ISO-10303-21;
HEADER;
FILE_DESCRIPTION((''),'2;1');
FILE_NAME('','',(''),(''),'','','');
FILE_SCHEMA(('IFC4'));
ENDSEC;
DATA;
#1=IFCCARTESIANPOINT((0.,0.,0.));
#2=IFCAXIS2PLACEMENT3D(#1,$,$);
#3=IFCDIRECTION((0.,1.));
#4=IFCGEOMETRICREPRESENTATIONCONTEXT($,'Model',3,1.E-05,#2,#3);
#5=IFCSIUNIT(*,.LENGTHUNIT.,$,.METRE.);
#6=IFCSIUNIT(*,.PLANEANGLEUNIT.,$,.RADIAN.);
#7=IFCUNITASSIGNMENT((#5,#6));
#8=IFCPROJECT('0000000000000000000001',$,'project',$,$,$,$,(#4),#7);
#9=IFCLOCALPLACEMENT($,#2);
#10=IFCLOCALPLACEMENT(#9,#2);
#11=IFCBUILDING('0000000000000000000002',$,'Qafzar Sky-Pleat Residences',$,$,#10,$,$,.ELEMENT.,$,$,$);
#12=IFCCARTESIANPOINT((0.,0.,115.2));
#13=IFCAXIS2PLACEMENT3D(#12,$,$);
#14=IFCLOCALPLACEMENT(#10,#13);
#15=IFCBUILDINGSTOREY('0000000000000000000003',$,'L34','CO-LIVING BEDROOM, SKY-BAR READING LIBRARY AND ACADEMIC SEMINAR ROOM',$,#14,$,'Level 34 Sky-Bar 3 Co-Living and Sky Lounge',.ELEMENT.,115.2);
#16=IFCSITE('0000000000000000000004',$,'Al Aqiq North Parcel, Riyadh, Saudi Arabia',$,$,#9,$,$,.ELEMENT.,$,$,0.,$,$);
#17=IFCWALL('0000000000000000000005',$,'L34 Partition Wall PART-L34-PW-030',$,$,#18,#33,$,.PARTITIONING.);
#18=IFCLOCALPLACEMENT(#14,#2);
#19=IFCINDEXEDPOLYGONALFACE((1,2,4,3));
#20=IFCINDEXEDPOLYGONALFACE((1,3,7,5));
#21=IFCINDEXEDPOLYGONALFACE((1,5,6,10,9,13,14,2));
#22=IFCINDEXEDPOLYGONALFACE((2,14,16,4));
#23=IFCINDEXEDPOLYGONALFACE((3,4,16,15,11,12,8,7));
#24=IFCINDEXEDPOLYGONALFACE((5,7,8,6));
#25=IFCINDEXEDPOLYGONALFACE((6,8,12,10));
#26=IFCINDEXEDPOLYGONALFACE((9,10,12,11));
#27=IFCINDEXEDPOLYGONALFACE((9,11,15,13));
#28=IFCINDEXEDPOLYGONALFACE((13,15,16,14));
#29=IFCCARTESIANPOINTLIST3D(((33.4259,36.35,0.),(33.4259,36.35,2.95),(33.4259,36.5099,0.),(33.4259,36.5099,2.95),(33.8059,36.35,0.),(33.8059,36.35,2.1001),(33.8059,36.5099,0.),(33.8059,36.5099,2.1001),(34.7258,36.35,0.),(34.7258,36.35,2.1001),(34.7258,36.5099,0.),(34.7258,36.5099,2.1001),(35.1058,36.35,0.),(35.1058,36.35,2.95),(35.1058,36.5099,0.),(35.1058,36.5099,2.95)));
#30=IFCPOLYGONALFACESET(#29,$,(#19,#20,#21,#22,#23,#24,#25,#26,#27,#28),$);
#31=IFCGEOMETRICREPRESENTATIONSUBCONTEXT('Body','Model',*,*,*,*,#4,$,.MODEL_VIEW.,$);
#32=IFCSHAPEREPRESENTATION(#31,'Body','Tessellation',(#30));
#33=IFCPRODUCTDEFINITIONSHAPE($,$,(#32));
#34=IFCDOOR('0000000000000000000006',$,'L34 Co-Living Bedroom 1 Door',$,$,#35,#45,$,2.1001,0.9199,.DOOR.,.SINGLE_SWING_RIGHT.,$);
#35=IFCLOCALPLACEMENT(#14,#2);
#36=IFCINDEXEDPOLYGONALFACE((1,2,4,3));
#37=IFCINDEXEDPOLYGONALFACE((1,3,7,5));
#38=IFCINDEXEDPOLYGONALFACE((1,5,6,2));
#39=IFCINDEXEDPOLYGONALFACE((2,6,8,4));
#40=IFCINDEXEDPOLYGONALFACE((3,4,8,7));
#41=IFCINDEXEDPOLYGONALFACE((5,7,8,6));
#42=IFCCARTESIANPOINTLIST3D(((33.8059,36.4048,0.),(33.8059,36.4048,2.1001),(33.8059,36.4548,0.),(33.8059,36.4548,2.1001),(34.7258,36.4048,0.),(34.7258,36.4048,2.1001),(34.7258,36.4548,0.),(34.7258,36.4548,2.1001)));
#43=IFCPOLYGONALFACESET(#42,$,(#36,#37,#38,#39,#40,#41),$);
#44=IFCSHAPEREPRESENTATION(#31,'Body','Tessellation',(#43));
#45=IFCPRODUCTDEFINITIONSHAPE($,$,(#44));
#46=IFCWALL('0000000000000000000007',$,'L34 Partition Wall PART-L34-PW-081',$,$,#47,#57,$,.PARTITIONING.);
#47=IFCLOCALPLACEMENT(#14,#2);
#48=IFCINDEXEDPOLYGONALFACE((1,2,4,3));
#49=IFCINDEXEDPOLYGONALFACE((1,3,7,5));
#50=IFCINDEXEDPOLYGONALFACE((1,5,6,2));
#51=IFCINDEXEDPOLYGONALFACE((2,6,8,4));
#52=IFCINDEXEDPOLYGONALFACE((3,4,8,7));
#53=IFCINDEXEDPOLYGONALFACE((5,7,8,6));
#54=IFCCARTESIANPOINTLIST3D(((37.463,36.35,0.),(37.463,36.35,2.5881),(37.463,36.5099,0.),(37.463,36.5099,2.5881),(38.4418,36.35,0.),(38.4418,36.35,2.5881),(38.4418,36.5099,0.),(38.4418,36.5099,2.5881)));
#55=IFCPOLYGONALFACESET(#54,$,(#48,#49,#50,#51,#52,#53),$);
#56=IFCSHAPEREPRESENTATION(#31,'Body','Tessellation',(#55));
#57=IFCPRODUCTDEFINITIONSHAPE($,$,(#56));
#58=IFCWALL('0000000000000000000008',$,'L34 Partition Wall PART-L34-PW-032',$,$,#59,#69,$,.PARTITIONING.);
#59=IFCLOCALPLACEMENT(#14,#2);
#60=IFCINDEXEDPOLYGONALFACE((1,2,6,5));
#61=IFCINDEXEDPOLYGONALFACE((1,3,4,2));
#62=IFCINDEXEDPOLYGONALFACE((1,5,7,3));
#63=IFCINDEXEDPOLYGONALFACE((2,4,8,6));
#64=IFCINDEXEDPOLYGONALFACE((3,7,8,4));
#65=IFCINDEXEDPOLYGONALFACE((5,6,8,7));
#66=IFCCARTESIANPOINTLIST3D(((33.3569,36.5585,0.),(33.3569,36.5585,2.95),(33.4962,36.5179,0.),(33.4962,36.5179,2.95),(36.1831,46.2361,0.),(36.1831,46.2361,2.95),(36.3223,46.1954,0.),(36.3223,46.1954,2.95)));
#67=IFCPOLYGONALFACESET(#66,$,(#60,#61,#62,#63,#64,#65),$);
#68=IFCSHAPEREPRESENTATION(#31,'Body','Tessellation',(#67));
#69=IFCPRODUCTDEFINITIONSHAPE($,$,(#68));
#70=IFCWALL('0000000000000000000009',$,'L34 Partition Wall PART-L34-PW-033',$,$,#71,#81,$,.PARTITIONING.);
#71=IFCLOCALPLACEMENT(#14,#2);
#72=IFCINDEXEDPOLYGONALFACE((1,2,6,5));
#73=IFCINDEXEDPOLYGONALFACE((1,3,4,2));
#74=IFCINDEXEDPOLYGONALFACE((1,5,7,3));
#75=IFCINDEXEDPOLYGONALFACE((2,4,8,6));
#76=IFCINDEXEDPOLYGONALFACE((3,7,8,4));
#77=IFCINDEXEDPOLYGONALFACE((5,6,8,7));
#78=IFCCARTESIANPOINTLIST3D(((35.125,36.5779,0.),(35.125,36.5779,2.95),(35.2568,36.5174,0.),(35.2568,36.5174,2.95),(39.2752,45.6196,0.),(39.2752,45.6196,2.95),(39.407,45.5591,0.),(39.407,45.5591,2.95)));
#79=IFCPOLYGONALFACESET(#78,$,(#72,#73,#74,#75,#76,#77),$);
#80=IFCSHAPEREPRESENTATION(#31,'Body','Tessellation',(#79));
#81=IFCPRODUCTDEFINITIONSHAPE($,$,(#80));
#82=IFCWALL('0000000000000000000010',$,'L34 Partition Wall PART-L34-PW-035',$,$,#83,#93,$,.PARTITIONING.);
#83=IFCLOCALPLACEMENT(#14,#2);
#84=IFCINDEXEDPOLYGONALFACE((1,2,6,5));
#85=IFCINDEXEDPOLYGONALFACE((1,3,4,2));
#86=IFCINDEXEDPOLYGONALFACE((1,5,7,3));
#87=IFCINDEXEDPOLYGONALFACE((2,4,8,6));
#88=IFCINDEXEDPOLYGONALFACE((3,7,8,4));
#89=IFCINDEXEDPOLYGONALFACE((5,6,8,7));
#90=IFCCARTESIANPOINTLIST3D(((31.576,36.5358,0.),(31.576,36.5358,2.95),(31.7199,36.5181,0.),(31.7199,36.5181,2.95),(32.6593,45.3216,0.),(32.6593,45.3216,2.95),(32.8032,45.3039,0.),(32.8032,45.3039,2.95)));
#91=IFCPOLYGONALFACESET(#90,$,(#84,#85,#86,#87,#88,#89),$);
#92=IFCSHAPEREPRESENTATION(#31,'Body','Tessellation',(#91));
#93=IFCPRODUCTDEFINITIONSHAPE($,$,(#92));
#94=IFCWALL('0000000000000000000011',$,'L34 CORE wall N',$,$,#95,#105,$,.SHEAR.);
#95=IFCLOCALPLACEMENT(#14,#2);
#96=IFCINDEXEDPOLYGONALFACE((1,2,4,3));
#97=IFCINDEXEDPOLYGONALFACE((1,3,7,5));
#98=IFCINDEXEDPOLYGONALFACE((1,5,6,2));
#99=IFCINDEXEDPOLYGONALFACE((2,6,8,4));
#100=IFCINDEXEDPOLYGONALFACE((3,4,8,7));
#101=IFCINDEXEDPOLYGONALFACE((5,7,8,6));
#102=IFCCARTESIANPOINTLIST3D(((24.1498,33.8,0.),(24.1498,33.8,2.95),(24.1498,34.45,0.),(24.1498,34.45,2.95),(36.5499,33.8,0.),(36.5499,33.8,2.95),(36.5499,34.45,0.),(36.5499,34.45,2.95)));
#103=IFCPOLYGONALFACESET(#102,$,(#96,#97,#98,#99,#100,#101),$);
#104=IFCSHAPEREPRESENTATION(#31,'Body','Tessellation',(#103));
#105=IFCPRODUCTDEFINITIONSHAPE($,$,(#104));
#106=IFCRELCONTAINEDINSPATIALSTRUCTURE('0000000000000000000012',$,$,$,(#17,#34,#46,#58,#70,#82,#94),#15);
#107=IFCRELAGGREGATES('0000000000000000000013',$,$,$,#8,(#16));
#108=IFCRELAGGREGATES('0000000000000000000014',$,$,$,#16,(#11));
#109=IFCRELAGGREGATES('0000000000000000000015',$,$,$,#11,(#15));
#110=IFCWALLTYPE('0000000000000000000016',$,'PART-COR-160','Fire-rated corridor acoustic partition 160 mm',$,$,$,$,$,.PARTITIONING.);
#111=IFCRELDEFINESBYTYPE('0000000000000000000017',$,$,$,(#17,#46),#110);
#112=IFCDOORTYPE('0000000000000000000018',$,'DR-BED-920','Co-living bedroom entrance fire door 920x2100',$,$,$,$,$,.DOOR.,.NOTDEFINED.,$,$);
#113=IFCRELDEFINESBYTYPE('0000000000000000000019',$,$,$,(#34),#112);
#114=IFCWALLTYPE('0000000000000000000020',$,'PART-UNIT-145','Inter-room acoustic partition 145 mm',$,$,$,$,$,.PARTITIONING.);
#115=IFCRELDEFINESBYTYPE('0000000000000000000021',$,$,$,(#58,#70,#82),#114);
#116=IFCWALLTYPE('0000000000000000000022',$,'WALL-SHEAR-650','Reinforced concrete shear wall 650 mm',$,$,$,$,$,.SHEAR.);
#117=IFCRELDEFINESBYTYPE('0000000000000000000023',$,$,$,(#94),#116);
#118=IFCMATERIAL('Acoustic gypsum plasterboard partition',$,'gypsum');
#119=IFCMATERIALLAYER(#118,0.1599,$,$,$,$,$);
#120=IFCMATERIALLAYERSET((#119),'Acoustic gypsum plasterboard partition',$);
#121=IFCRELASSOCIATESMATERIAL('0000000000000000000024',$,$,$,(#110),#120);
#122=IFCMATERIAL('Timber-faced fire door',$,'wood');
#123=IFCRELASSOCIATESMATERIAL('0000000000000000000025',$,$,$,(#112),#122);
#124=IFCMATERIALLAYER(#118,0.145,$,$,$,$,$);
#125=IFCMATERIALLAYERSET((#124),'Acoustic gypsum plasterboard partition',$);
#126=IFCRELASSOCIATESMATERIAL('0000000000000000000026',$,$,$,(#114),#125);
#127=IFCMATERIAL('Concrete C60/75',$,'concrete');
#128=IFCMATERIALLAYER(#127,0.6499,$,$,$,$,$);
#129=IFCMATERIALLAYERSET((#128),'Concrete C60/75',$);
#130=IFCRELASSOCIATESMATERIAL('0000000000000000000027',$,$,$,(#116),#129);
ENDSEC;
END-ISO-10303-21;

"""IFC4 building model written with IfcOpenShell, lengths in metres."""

from ifc_helpers import new_model, si_unit, direction, frame, frame_2d, origin, place, context, subcontext, project, spatial, rectangle, extrude, source, transform, mapped, material, layer, layer_set, type_object, element, fill, save


model = new_model("IFC4")

# Units and contexts
model_context = context("Model", 3, precision=1e-05, world=origin(), true_north=direction((0.0, 1.0)))
body_context = subcontext(model_context, "Body", "Model", "MODEL_VIEW")
ifc_project = project(units=[si_unit("LENGTHUNIT", "METRE"), si_unit("PLANEANGLEUNIT", "RADIAN")], contexts=[model_context])

# Site, building, storey
site_placement = place(None, origin())
site = spatial("IfcSite", under=ifc_project, at=site_placement, Name="Al Aqiq North Parcel, Riyadh, Saudi Arabia", CompositionType="ELEMENT", RefElevation=0.0)
building_placement = place(site_placement, origin())
building = spatial("IfcBuilding", under=site, at=building_placement, Name="Qafzar Sky-Pleat Residences", CompositionType="ELEMENT")
storey_placement = place(building_placement, frame((0.0, 0.0, 115.2)))
storey = spatial("IfcBuildingStorey", under=building, at=storey_placement, Name="L34", Description="CO-LIVING BEDROOM, SKY-BAR READING LIBRARY AND ACADEMIC SEMINAR ROOM", LongName="Level 34 Sky-Bar 3 Co-Living and Sky Lounge", CompositionType="ELEMENT", Elevation=115.2)

# Wall, opening, door
ifc_material_1 = material(Name="Acoustic gypsum plasterboard partition", Category="gypsum")
ifc_layer_1 = layer(ifc_material_1, 0.1599)
ifc_layer_set_1 = layer_set([ifc_layer_1], Name="Acoustic gypsum plasterboard partition")
wall_type_1 = type_object("IfcWallType", Name="PART-COR-160", Description="Fire-rated corridor acoustic partition 160 mm", PredefinedType="PARTITIONING", material=ifc_layer_set_1)
ifc_material_2 = material(Name="Timber-faced fire door", Category="wood")
door_type = type_object("IfcDoorType", Name="DR-BED-920", Description="Co-living bedroom entrance fire door 920x2100", OperationType="NOTDEFINED", PredefinedType="DOOR", material=ifc_material_2)
shared_shape = source(origin(), body_context, "Body", "SweptSolid", [
    extrude(rectangle(XDim=0.9199, YDim=2.1001, at=frame_2d((0.46, 1.05))), frame((0.0, 0.0249, 0.0), z_axis=(0.0, -1.0, 0.0), x_axis=(1.0, 0.0, 0.0)), (0.0, 0.0, 1.0), 0.05),
])
wall_1_placement = place(storey_placement, frame((33.426, 36.4299, 0.0), z_axis=(0.0, 0.0, 1.0), x_axis=(1.0, 0.0, 0.0)))
wall_1 = element("IfcWall", 1, at=wall_1_placement, inside=storey, type_object=wall_type_1, Name="L34 Partition Wall PART-L34-PW-030", PredefinedType="PARTITIONING", context=body_context, shape_type="SweptSolid", body=[
    extrude(rectangle(XDim=1.6799, YDim=0.1599, at=frame_2d((0.8398, 0.0))), origin(), (0.0, 0.0, 1.0), 2.95),
])
opening_1_placement = place(wall_1_placement, frame((0.3799, 0.0, 0.0)))
opening_1 = element("IfcOpeningElement", 2, at=opening_1_placement, cuts=wall_1, PredefinedType="OPENING", context=body_context, shape_type="SweptSolid", body=[
    extrude(rectangle(XDim=0.9199, YDim=2.1001, at=frame_2d((0.46, 1.05))), frame((0.0, 0.0898, 0.0), z_axis=(0.0, -1.0, 0.0), x_axis=(1.0, 0.0, 0.0)), (0.0, 0.0, 1.0), 0.1799),
])
door_1_placement = place(opening_1_placement, origin())
door_1 = element("IfcDoor", 3, at=door_1_placement, inside=storey, type_object=door_type, Name="L34 Co-Living Bedroom 1 Door", OperationType="SINGLE_SWING_RIGHT", OverallHeight=2.1001, OverallWidth=0.9199, PredefinedType="DOOR", context=body_context, shape_type="MappedRepresentation", body=[
    mapped(shared_shape, transform((0.0, 0.0, 0.0), x_axis=(1.0, 0.0, 0.0), y_axis=(0.0, 1.0, 0.0), z_axis=(0.0, 0.0, 1.0), scale=1.0)),
])
fill(opening_1, door_1)

# Walls
wall_2_placement = place(storey_placement, frame((37.4631, 36.4299, 0.0), z_axis=(0.0, 0.0, 1.0), x_axis=(1.0, 0.0, 0.0)))
element("IfcWall", 4, at=wall_2_placement, inside=storey, type_object=wall_type_1, Name="L34 Partition Wall PART-L34-PW-081", PredefinedType="PARTITIONING", context=body_context, shape_type="SweptSolid", body=[
    extrude(rectangle(XDim=0.9788, YDim=0.1599, at=frame_2d((0.4893, 0.0))), origin(), (0.0, 0.0, 1.0), 2.5881),
])
ifc_layer_2 = layer(ifc_material_1, 0.145)
ifc_layer_set_2 = layer_set([ifc_layer_2], Name="Acoustic gypsum plasterboard partition")
wall_type_2 = type_object("IfcWallType", Name="PART-UNIT-145", Description="Inter-room acoustic partition 145 mm", PredefinedType="PARTITIONING", material=ifc_layer_set_2)
wall_3_placement = place(storey_placement, frame((33.4265, 36.5381, 0.0), z_axis=(0.0, 0.0, 1.0), x_axis=(0.280326, 0.959905, 0.0)))
element("IfcWall", 5, at=wall_3_placement, inside=storey, type_object=wall_type_2, Name="L34 Partition Wall PART-L34-PW-032", PredefinedType="PARTITIONING", context=body_context, shape_type="SweptSolid", body=[
    extrude(rectangle(XDim=10.0818, YDim=0.145, at=frame_2d((5.041, 0.0))), origin(), (0.0, 0.0, 1.0), 2.95),
])
wall_4_placement = place(storey_placement, frame((35.1909, 36.5476, 0.0), z_axis=(0.0, 0.0, 1.0), x_axis=(0.417154, 0.908836, 0.0)))
element("IfcWall", 6, at=wall_4_placement, inside=storey, type_object=wall_type_2, Name="L34 Partition Wall PART-L34-PW-033", PredefinedType="PARTITIONING", context=body_context, shape_type="SweptSolid", body=[
    extrude(rectangle(XDim=9.9487, YDim=0.145, at=frame_2d((4.9744, 0.0))), origin(), (0.0, 0.0, 1.0), 2.95),
])
wall_5_placement = place(storey_placement, frame((31.6479, 36.5269, 0.0), z_axis=(0.0, 0.0, 1.0), x_axis=(0.122371, 0.992484, 0.0)))
element("IfcWall", 7, at=wall_5_placement, inside=storey, type_object=wall_type_2, Name="L34 Partition Wall PART-L34-PW-035", PredefinedType="PARTITIONING", context=body_context, shape_type="SweptSolid", body=[
    extrude(rectangle(XDim=8.8523, YDim=0.145, at=frame_2d((4.4263, 0.0))), origin(), (0.0, 0.0, 1.0), 2.95),
])
ifc_material_3 = material(Name="Concrete C60/75", Category="concrete")
ifc_layer_3 = layer(ifc_material_3, 0.6499)
ifc_layer_set_3 = layer_set([ifc_layer_3], Name="Concrete C60/75")
wall_type_3 = type_object("IfcWallType", Name="WALL-SHEAR-650", Description="Reinforced concrete shear wall 650 mm", PredefinedType="SHEAR", material=ifc_layer_set_3)
wall_6_placement = place(storey_placement, frame((36.55, 34.125, 0.0), z_axis=(0.0, 0.0, 1.0), x_axis=(-1.0, 0.0, 0.0)))
element("IfcWall", 8, at=wall_6_placement, inside=storey, type_object=wall_type_3, Name="L34 CORE wall N", PredefinedType="SHEAR", context=body_context, shape_type="SweptSolid", body=[
    extrude(rectangle(XDim=12.4001, YDim=0.6499, at=frame_2d((6.2002, 0.0))), origin(), (0.0, 0.0, 1.0), 2.95),
])

save(model, "model.ifc")
